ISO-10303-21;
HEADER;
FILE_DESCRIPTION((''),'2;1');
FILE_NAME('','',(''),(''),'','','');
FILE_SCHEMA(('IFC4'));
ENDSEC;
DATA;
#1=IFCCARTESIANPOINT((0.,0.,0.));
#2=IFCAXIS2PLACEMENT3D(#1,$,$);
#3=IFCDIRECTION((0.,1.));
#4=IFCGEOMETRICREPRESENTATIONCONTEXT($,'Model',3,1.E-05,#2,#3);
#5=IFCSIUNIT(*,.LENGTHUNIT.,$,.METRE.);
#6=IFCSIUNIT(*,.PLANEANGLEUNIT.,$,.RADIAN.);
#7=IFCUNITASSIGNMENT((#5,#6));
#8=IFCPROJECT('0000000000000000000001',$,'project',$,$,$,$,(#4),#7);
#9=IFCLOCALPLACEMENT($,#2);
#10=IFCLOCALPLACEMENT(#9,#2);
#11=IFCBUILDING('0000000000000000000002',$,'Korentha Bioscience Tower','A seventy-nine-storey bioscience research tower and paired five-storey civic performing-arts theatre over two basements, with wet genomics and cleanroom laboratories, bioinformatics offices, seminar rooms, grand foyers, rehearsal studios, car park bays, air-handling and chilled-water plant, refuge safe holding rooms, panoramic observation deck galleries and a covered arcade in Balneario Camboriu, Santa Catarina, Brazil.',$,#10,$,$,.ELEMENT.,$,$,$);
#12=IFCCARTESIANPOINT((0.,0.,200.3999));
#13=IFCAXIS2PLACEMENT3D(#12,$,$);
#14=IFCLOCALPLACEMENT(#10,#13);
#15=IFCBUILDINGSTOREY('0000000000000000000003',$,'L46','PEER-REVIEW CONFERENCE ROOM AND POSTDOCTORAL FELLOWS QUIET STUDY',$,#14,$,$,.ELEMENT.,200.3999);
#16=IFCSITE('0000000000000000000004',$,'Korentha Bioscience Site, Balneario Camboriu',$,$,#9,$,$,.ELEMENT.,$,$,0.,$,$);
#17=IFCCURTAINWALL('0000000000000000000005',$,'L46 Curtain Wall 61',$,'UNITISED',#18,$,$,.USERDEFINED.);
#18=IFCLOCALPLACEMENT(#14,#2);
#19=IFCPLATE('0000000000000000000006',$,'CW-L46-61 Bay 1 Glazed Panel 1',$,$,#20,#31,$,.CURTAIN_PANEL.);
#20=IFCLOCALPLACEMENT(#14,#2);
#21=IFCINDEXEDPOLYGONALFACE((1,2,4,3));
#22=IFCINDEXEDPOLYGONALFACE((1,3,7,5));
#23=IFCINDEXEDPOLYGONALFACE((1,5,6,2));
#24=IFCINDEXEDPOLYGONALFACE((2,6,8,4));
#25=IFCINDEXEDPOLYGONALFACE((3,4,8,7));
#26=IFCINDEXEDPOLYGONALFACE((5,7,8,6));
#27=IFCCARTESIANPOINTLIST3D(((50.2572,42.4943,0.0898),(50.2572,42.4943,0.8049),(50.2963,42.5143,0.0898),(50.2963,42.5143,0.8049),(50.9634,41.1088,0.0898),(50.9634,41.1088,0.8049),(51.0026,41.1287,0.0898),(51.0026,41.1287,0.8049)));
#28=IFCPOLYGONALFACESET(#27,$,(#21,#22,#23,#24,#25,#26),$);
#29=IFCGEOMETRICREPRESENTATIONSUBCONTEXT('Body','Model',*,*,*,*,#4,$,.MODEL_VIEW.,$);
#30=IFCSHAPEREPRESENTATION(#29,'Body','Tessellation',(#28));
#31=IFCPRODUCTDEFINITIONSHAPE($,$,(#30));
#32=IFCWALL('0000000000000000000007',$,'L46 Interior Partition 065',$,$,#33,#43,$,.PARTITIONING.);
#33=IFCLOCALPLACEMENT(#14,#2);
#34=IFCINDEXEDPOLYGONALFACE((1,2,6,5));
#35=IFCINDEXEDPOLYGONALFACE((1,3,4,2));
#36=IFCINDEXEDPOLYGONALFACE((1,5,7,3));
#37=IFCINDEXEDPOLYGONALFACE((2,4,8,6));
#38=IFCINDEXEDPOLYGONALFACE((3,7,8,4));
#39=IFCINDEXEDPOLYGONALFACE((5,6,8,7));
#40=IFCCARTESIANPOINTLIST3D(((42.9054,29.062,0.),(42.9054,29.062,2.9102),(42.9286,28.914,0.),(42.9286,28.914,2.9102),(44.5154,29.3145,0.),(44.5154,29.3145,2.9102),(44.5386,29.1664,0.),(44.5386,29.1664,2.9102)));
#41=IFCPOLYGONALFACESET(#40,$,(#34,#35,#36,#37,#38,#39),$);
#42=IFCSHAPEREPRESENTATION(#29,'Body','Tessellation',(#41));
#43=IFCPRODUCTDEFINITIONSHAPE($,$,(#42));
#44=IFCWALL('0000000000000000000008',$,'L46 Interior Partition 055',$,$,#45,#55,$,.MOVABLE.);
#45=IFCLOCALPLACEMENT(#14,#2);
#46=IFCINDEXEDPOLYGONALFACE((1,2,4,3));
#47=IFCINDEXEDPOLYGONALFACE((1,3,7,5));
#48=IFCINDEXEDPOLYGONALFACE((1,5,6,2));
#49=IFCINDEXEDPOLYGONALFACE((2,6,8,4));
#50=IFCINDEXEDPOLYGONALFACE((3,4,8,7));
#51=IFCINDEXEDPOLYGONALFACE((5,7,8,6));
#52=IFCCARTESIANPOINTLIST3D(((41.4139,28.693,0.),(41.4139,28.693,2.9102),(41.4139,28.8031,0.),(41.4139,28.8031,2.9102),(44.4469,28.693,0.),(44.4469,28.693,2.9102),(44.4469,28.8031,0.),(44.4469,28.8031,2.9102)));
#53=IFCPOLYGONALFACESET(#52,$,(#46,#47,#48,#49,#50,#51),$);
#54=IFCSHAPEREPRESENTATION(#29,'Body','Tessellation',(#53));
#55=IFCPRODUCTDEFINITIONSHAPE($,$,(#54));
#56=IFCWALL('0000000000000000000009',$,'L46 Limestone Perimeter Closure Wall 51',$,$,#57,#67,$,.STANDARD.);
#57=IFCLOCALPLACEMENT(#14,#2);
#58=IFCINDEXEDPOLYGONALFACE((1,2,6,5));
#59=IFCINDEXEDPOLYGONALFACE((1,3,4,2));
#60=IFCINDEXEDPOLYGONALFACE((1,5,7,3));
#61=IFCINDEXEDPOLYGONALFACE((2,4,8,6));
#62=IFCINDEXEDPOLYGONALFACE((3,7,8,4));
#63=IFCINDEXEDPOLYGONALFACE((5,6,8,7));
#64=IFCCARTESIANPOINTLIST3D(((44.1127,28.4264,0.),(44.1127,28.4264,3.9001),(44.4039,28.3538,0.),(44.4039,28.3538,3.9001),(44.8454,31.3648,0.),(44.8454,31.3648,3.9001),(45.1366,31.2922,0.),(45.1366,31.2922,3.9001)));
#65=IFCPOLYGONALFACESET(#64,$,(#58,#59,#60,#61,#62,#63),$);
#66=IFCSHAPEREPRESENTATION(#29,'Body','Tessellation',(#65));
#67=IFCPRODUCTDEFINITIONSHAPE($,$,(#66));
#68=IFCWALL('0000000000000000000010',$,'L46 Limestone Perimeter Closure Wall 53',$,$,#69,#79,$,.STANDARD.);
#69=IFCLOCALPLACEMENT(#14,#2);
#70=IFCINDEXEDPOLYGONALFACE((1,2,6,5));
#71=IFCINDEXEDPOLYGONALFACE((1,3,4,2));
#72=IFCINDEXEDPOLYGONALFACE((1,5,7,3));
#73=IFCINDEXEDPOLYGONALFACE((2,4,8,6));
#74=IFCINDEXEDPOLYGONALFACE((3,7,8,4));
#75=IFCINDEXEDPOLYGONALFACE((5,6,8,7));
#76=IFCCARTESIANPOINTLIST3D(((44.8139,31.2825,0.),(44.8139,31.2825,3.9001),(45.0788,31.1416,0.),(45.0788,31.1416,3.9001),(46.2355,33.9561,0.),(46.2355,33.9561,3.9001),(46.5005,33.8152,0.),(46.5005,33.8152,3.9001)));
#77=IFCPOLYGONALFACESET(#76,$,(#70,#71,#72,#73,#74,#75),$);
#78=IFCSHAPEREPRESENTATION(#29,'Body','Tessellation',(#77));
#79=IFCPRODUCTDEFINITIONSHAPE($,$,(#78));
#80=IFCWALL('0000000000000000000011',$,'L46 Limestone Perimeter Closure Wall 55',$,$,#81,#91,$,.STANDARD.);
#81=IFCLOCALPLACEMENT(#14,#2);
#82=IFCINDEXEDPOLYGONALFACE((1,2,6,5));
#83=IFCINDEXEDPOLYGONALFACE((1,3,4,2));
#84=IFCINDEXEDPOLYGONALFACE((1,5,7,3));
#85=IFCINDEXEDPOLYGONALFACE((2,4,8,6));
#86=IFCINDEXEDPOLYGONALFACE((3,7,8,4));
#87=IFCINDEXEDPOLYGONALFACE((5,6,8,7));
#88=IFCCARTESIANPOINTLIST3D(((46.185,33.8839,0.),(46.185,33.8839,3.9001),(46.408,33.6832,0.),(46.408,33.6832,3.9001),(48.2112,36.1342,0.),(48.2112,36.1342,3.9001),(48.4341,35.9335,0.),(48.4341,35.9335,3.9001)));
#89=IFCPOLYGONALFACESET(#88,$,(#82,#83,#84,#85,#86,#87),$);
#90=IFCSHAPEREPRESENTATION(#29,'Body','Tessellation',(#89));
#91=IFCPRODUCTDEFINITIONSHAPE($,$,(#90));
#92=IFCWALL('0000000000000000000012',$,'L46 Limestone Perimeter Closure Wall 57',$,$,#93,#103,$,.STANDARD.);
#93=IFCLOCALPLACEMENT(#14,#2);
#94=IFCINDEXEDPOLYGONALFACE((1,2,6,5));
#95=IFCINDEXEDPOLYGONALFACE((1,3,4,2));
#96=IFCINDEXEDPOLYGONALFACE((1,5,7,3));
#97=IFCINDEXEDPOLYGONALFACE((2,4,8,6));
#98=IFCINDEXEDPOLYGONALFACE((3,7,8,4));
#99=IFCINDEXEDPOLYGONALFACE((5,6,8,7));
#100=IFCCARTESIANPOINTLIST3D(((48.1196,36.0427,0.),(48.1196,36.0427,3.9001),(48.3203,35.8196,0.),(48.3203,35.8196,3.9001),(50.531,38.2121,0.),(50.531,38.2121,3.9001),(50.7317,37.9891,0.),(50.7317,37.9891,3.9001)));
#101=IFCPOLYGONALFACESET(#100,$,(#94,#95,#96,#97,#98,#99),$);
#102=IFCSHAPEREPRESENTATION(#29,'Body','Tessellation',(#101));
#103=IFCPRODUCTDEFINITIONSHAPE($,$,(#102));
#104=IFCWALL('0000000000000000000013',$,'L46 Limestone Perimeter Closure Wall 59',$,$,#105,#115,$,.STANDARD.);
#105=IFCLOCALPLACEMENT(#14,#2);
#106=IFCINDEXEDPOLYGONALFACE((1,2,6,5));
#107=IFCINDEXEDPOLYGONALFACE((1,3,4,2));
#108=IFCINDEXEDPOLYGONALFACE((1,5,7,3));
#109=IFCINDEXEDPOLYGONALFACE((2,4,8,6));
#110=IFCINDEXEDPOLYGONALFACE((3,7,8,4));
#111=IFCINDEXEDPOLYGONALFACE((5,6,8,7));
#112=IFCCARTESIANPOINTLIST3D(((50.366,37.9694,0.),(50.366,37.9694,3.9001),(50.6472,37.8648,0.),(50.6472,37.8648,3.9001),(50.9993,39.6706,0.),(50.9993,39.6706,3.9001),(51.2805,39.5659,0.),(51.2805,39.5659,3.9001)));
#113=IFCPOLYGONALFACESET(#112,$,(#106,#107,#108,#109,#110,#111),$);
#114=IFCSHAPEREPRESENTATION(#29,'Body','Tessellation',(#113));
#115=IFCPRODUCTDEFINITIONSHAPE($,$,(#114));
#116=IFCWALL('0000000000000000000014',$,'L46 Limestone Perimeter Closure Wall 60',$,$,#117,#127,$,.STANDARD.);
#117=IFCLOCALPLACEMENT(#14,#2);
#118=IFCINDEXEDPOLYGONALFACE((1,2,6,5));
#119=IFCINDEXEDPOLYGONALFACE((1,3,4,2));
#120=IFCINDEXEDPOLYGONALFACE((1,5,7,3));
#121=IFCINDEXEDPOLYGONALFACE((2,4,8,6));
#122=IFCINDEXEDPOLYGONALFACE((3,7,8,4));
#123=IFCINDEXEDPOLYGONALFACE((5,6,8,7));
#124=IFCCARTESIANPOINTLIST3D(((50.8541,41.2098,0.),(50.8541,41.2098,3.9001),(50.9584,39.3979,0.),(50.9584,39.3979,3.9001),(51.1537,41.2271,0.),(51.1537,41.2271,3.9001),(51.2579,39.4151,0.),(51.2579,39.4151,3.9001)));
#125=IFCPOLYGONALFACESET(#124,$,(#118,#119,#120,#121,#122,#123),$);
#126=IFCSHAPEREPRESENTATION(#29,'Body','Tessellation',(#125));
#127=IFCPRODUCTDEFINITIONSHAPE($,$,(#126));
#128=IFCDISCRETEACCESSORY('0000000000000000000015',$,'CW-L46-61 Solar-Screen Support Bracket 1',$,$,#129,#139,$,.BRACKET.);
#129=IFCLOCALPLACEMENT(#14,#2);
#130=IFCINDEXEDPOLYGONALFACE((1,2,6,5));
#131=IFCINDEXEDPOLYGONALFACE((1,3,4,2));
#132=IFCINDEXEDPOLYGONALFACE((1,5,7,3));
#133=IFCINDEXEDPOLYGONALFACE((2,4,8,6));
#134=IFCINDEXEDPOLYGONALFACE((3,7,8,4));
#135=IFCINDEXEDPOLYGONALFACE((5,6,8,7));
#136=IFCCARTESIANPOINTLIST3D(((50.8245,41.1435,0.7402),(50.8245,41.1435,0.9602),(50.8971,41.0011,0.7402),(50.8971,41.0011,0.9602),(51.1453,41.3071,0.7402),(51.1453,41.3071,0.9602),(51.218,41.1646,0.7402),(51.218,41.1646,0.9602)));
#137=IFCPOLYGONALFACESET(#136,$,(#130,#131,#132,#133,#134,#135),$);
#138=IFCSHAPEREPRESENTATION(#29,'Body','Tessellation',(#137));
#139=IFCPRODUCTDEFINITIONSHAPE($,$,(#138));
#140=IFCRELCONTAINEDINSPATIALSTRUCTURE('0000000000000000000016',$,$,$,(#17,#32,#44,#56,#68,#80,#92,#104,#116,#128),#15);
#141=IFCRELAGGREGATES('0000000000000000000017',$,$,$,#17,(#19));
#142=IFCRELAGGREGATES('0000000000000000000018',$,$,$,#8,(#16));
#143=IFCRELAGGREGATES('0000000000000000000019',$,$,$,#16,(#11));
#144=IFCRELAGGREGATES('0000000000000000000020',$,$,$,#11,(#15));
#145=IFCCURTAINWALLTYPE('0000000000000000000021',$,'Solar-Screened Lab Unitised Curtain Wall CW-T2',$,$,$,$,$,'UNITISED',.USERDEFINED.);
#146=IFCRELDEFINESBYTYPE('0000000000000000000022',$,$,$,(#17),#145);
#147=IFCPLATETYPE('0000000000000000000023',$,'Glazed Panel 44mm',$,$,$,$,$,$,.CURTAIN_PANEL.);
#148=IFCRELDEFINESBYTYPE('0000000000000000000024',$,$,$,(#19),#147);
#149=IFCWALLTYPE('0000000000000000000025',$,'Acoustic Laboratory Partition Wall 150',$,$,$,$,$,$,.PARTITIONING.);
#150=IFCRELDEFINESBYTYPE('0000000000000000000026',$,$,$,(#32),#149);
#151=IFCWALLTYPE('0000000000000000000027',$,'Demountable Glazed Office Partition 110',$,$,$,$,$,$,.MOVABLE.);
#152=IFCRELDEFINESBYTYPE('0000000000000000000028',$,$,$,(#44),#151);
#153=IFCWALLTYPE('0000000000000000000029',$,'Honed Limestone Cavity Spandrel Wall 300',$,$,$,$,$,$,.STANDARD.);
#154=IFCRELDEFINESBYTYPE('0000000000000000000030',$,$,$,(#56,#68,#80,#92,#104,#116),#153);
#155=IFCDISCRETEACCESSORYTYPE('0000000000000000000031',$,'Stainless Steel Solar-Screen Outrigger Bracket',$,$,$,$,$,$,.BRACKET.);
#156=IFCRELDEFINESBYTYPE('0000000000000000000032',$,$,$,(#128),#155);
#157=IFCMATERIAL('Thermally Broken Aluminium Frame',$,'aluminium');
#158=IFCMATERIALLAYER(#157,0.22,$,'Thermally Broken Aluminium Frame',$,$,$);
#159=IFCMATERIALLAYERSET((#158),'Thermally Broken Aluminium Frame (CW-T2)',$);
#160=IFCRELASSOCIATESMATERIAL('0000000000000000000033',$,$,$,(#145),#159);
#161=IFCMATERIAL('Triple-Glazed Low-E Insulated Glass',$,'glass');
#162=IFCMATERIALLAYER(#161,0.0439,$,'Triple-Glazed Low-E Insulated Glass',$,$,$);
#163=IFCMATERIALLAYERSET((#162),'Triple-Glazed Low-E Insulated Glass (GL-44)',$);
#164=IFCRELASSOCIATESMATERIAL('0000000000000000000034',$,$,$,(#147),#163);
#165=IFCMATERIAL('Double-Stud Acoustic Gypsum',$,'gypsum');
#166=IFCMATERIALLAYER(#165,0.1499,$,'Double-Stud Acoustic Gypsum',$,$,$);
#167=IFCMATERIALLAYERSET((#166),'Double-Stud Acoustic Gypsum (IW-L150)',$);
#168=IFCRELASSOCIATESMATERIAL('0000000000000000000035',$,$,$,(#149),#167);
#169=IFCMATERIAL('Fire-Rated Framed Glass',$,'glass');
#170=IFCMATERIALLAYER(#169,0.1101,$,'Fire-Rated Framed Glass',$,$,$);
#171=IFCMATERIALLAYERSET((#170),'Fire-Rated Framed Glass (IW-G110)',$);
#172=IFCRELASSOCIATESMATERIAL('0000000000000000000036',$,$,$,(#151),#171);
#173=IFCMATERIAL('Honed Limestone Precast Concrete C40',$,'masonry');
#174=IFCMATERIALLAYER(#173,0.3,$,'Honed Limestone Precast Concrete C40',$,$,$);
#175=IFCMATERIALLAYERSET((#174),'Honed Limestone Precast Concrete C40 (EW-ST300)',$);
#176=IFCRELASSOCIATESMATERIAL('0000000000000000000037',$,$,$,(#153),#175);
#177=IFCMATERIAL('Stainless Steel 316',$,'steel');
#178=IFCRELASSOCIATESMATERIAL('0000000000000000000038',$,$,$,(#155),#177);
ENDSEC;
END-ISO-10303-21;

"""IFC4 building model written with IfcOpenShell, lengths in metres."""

from ifc_helpers import new_model, si_unit, direction, frame, frame_2d, origin, origin_2d, place, context, subcontext, project, spatial, rectangle, extrude, material, layer, layer_set, type_object, element, aggregate, save


model = new_model("IFC4")

# Units and contexts
model_context = context("Model", 3, precision=1e-05, world=origin(), true_north=direction((0.0, 1.0)))
body_context = subcontext(model_context, "Body", "Model", "MODEL_VIEW")
ifc_project = project(units=[si_unit("LENGTHUNIT", "METRE"), si_unit("PLANEANGLEUNIT", "RADIAN")], contexts=[model_context])

# Site, building, storey
site_placement = place(None, origin())
site = spatial("IfcSite", under=ifc_project, at=site_placement, Name="Korentha Bioscience Site, Balneario Camboriu", CompositionType="ELEMENT", RefElevation=0.0)
building_placement = place(site_placement, origin())
building = spatial("IfcBuilding", under=site, at=building_placement, Name="Korentha Bioscience Tower", Description="A seventy-nine-storey bioscience research tower and paired five-storey civic performing-arts theatre over two basements, with wet genomics and cleanroom laboratories, bioinformatics offices, seminar rooms, grand foyers, rehearsal studios, car park bays, air-handling and chilled-water plant, refuge safe holding rooms, panoramic observation deck galleries and a covered arcade in Balneario Camboriu, Santa Catarina, Brazil.", CompositionType="ELEMENT")
storey_placement = place(building_placement, frame((0.0, 0.0, 200.3999)))
storey = spatial("IfcBuildingStorey", under=building, at=storey_placement, Name="L46", Description="PEER-REVIEW CONFERENCE ROOM AND POSTDOCTORAL FELLOWS QUIET STUDY", CompositionType="ELEMENT", Elevation=200.3999)

# Curtain wall
ifc_material_1 = material(Name="Thermally Broken Aluminium Frame", Category="aluminium")
ifc_layer_1 = layer(ifc_material_1, 0.22, Name="Thermally Broken Aluminium Frame")
ifc_layer_set_1 = layer_set([ifc_layer_1], Name="Thermally Broken Aluminium Frame (CW-T2)")
curtain_wall_type = type_object("IfcCurtainWallType", Name="Solar-Screened Lab Unitised Curtain Wall CW-T2", ElementType="UNITISED", PredefinedType="USERDEFINED", material=ifc_layer_set_1)
curtain_wall_placement = place(storey_placement, origin())
curtain_wall = element("IfcCurtainWall", 1, at=curtain_wall_placement, inside=storey, type_object=curtain_wall_type, Name="L46 Curtain Wall 61", ObjectType="UNITISED", PredefinedType="USERDEFINED")

# Plate
ifc_material_2 = material(Name="Triple-Glazed Low-E Insulated Glass", Category="glass")
ifc_layer_2 = layer(ifc_material_2, 0.0439, Name="Triple-Glazed Low-E Insulated Glass")
ifc_layer_set_2 = layer_set([ifc_layer_2], Name="Triple-Glazed Low-E Insulated Glass (GL-44)")
plate_type = type_object("IfcPlateType", Name="Glazed Panel 44mm", PredefinedType="CURTAIN_PANEL", material=ifc_layer_set_2)
plate_placement = place(storey_placement, frame((50.6299, 41.8115, 0.0898), z_axis=(0.0, 0.0, 1.0), x_axis=(-0.454116, 0.890943, 0.0)))
plate = element("IfcPlate", 2, at=plate_placement, type_object=plate_type, Name="CW-L46-61 Bay 1 Glazed Panel 1", PredefinedType="CURTAIN_PANEL", context=body_context, shape_type="SweptSolid", body=[
    extrude(rectangle(XDim=1.5552, YDim=0.0439, at=origin_2d()), origin(), (0.0, 0.0, 1.0), 0.7151),
])
aggregate(curtain_wall, [plate])

# Walls
ifc_material_3 = material(Name="Double-Stud Acoustic Gypsum", Category="gypsum")
ifc_layer_3 = layer(ifc_material_3, 0.1499, Name="Double-Stud Acoustic Gypsum")
ifc_layer_set_3 = layer_set([ifc_layer_3], Name="Double-Stud Acoustic Gypsum (IW-L150)")
wall_type_1 = type_object("IfcWallType", Name="Acoustic Laboratory Partition Wall 150", PredefinedType="PARTITIONING", material=ifc_layer_set_3)
wall_1_placement = place(storey_placement, frame((44.5271, 29.2405, 0.0), z_axis=(0.0, 0.0, 1.0), x_axis=(-0.987928, -0.154916, 0.0)))
element("IfcWall", 3, at=wall_1_placement, inside=storey, type_object=wall_type_1, Name="L46 Interior Partition 065", PredefinedType="PARTITIONING", context=body_context, shape_type="SweptSolid", body=[
    extrude(rectangle(XDim=1.6296, YDim=0.1499, at=frame_2d((0.8149, 0.0))), origin(), (0.0, 0.0, 1.0), 2.9102),
])
ifc_material_4 = material(Name="Fire-Rated Framed Glass", Category="glass")
ifc_layer_4 = layer(ifc_material_4, 0.1101, Name="Fire-Rated Framed Glass")
ifc_layer_set_4 = layer_set([ifc_layer_4], Name="Fire-Rated Framed Glass (IW-G110)")
wall_type_2 = type_object("IfcWallType", Name="Demountable Glazed Office Partition 110", PredefinedType="MOVABLE", material=ifc_layer_set_4)
wall_2_placement = place(storey_placement, frame((41.4138, 28.748, 0.0), z_axis=(0.0, 0.0, 1.0), x_axis=(1.0, 0.0, 0.0)))
element("IfcWall", 4, at=wall_2_placement, inside=storey, type_object=wall_type_2, Name="L46 Interior Partition 055", PredefinedType="MOVABLE", context=body_context, shape_type="SweptSolid", body=[
    extrude(rectangle(XDim=3.033, YDim=0.1101, at=frame_2d((1.5166, 0.0))), origin(), (0.0, 0.0, 1.0), 2.9102),
])
ifc_material_5 = material(Name="Honed Limestone Precast Concrete C40", Category="masonry")
ifc_layer_5 = layer(ifc_material_5, 0.3, Name="Honed Limestone Precast Concrete C40")
ifc_layer_set_5 = layer_set([ifc_layer_5], Name="Honed Limestone Precast Concrete C40 (EW-ST300)")
wall_type_3 = type_object("IfcWallType", Name="Honed Limestone Cavity Spandrel Wall 300", PredefinedType="STANDARD", material=ifc_layer_set_5)
wall_3_placement = place(storey_placement, frame((44.2583, 28.3901, 0.0), z_axis=(0.0, 0.0, 1.0), x_axis=(0.241948, 0.970289, 0.0)))
element("IfcWall", 5, at=wall_3_placement, inside=storey, type_object=wall_type_3, Name="L46 Limestone Perimeter Closure Wall 51", PredefinedType="STANDARD", context=body_context, shape_type="SweptSolid", body=[
    extrude(rectangle(XDim=3.0283, YDim=0.3, at=frame_2d((1.5142, 0.0))), origin(), (0.0, 0.0, 1.0), 3.9001),
])
for number, where, z_axis, x_axis, name in (
    (6, (44.9463, 31.2119, 0.0), (0.0, 0.0, 1.0), (0.469487, 0.882939, 0.0), "L46 Limestone Perimeter Closure Wall 53"),
    (7, (46.2964, 33.7834, 0.0), (0.0, 0.0, 1.0), (0.66913, 0.743146, 0.0), "L46 Limestone Perimeter Closure Wall 55"),
):
    element("IfcWall", number, at=place(storey_placement, frame(where, z_axis=z_axis, x_axis=x_axis)), inside=storey, type_object=wall_type_3, Name=name, PredefinedType="STANDARD", context=body_context, shape_type="SweptSolid", body=[
        extrude(rectangle(XDim=3.0281, YDim=0.3, at=frame_2d((1.5142, 0.0))), origin(), (0.0, 0.0, 1.0), 3.9001),
    ])
wall_4_placement = place(storey_placement, frame((48.22, 35.9312, 0.0), z_axis=(0.0, 0.0, 1.0), x_axis=(0.743418, 0.668827, 0.0)))
element("IfcWall", 8, at=wall_4_placement, inside=storey, type_object=wall_type_3, Name="L46 Limestone Perimeter Closure Wall 57", PredefinedType="STANDARD", context=body_context, shape_type="SweptSolid", body=[
    extrude(rectangle(XDim=3.2437, YDim=0.3, at=frame_2d((1.6218, 0.0))), origin(), (0.0, 0.0, 1.0), 3.9001),
])
wall_5_placement = place(storey_placement, frame((50.5066, 37.917, 0.0), z_axis=(0.0, 0.0, 1.0), x_axis=(0.348882, 0.937167, 0.0)))
element("IfcWall", 9, at=wall_5_placement, inside=storey, type_object=wall_type_3, Name="L46 Limestone Perimeter Closure Wall 59", PredefinedType="STANDARD", context=body_context, shape_type="SweptSolid", body=[
    extrude(rectangle(XDim=1.8152, YDim=0.3, at=frame_2d((0.9077, 0.0))), origin(), (0.0, 0.0, 1.0), 3.9001),
])
wall_6_placement = place(storey_placement, frame((51.1082, 39.4065, 0.0), z_axis=(0.0, 0.0, 1.0), x_axis=(-0.057437, 0.998349, 0.0)))
element("IfcWall", 10, at=wall_6_placement, inside=storey, type_object=wall_type_3, Name="L46 Limestone Perimeter Closure Wall 60", PredefinedType="STANDARD", context=body_context, shape_type="SweptSolid", body=[
    extrude(rectangle(XDim=1.8149, YDim=0.3, at=frame_2d((0.9075, 0.0))), origin(), (0.0, 0.0, 1.0), 3.9001),
])

# Discrete accessory
ifc_material_6 = material(Name="Stainless Steel 316", Category="steel")
discrete_accessory_type = type_object("IfcDiscreteAccessoryType", Name="Stainless Steel Solar-Screen Outrigger Bracket", PredefinedType="BRACKET", material=ifc_material_6)
discrete_accessory_placement = place(storey_placement, frame((51.0212, 41.1541, 0.7402), z_axis=(0.0, 0.0, 1.0), x_axis=(-0.454116, 0.890943, 0.0)))
element("IfcDiscreteAccessory", 11, at=discrete_accessory_placement, inside=storey, type_object=discrete_accessory_type, Name="CW-L46-61 Solar-Screen Support Bracket 1", PredefinedType="BRACKET", context=body_context, shape_type="SweptSolid", body=[
    extrude(rectangle(XDim=0.1599, YDim=0.3601, at=origin_2d()), origin(), (0.0, 0.0, 1.0), 0.22),
])

save(model, "model.ifc")
